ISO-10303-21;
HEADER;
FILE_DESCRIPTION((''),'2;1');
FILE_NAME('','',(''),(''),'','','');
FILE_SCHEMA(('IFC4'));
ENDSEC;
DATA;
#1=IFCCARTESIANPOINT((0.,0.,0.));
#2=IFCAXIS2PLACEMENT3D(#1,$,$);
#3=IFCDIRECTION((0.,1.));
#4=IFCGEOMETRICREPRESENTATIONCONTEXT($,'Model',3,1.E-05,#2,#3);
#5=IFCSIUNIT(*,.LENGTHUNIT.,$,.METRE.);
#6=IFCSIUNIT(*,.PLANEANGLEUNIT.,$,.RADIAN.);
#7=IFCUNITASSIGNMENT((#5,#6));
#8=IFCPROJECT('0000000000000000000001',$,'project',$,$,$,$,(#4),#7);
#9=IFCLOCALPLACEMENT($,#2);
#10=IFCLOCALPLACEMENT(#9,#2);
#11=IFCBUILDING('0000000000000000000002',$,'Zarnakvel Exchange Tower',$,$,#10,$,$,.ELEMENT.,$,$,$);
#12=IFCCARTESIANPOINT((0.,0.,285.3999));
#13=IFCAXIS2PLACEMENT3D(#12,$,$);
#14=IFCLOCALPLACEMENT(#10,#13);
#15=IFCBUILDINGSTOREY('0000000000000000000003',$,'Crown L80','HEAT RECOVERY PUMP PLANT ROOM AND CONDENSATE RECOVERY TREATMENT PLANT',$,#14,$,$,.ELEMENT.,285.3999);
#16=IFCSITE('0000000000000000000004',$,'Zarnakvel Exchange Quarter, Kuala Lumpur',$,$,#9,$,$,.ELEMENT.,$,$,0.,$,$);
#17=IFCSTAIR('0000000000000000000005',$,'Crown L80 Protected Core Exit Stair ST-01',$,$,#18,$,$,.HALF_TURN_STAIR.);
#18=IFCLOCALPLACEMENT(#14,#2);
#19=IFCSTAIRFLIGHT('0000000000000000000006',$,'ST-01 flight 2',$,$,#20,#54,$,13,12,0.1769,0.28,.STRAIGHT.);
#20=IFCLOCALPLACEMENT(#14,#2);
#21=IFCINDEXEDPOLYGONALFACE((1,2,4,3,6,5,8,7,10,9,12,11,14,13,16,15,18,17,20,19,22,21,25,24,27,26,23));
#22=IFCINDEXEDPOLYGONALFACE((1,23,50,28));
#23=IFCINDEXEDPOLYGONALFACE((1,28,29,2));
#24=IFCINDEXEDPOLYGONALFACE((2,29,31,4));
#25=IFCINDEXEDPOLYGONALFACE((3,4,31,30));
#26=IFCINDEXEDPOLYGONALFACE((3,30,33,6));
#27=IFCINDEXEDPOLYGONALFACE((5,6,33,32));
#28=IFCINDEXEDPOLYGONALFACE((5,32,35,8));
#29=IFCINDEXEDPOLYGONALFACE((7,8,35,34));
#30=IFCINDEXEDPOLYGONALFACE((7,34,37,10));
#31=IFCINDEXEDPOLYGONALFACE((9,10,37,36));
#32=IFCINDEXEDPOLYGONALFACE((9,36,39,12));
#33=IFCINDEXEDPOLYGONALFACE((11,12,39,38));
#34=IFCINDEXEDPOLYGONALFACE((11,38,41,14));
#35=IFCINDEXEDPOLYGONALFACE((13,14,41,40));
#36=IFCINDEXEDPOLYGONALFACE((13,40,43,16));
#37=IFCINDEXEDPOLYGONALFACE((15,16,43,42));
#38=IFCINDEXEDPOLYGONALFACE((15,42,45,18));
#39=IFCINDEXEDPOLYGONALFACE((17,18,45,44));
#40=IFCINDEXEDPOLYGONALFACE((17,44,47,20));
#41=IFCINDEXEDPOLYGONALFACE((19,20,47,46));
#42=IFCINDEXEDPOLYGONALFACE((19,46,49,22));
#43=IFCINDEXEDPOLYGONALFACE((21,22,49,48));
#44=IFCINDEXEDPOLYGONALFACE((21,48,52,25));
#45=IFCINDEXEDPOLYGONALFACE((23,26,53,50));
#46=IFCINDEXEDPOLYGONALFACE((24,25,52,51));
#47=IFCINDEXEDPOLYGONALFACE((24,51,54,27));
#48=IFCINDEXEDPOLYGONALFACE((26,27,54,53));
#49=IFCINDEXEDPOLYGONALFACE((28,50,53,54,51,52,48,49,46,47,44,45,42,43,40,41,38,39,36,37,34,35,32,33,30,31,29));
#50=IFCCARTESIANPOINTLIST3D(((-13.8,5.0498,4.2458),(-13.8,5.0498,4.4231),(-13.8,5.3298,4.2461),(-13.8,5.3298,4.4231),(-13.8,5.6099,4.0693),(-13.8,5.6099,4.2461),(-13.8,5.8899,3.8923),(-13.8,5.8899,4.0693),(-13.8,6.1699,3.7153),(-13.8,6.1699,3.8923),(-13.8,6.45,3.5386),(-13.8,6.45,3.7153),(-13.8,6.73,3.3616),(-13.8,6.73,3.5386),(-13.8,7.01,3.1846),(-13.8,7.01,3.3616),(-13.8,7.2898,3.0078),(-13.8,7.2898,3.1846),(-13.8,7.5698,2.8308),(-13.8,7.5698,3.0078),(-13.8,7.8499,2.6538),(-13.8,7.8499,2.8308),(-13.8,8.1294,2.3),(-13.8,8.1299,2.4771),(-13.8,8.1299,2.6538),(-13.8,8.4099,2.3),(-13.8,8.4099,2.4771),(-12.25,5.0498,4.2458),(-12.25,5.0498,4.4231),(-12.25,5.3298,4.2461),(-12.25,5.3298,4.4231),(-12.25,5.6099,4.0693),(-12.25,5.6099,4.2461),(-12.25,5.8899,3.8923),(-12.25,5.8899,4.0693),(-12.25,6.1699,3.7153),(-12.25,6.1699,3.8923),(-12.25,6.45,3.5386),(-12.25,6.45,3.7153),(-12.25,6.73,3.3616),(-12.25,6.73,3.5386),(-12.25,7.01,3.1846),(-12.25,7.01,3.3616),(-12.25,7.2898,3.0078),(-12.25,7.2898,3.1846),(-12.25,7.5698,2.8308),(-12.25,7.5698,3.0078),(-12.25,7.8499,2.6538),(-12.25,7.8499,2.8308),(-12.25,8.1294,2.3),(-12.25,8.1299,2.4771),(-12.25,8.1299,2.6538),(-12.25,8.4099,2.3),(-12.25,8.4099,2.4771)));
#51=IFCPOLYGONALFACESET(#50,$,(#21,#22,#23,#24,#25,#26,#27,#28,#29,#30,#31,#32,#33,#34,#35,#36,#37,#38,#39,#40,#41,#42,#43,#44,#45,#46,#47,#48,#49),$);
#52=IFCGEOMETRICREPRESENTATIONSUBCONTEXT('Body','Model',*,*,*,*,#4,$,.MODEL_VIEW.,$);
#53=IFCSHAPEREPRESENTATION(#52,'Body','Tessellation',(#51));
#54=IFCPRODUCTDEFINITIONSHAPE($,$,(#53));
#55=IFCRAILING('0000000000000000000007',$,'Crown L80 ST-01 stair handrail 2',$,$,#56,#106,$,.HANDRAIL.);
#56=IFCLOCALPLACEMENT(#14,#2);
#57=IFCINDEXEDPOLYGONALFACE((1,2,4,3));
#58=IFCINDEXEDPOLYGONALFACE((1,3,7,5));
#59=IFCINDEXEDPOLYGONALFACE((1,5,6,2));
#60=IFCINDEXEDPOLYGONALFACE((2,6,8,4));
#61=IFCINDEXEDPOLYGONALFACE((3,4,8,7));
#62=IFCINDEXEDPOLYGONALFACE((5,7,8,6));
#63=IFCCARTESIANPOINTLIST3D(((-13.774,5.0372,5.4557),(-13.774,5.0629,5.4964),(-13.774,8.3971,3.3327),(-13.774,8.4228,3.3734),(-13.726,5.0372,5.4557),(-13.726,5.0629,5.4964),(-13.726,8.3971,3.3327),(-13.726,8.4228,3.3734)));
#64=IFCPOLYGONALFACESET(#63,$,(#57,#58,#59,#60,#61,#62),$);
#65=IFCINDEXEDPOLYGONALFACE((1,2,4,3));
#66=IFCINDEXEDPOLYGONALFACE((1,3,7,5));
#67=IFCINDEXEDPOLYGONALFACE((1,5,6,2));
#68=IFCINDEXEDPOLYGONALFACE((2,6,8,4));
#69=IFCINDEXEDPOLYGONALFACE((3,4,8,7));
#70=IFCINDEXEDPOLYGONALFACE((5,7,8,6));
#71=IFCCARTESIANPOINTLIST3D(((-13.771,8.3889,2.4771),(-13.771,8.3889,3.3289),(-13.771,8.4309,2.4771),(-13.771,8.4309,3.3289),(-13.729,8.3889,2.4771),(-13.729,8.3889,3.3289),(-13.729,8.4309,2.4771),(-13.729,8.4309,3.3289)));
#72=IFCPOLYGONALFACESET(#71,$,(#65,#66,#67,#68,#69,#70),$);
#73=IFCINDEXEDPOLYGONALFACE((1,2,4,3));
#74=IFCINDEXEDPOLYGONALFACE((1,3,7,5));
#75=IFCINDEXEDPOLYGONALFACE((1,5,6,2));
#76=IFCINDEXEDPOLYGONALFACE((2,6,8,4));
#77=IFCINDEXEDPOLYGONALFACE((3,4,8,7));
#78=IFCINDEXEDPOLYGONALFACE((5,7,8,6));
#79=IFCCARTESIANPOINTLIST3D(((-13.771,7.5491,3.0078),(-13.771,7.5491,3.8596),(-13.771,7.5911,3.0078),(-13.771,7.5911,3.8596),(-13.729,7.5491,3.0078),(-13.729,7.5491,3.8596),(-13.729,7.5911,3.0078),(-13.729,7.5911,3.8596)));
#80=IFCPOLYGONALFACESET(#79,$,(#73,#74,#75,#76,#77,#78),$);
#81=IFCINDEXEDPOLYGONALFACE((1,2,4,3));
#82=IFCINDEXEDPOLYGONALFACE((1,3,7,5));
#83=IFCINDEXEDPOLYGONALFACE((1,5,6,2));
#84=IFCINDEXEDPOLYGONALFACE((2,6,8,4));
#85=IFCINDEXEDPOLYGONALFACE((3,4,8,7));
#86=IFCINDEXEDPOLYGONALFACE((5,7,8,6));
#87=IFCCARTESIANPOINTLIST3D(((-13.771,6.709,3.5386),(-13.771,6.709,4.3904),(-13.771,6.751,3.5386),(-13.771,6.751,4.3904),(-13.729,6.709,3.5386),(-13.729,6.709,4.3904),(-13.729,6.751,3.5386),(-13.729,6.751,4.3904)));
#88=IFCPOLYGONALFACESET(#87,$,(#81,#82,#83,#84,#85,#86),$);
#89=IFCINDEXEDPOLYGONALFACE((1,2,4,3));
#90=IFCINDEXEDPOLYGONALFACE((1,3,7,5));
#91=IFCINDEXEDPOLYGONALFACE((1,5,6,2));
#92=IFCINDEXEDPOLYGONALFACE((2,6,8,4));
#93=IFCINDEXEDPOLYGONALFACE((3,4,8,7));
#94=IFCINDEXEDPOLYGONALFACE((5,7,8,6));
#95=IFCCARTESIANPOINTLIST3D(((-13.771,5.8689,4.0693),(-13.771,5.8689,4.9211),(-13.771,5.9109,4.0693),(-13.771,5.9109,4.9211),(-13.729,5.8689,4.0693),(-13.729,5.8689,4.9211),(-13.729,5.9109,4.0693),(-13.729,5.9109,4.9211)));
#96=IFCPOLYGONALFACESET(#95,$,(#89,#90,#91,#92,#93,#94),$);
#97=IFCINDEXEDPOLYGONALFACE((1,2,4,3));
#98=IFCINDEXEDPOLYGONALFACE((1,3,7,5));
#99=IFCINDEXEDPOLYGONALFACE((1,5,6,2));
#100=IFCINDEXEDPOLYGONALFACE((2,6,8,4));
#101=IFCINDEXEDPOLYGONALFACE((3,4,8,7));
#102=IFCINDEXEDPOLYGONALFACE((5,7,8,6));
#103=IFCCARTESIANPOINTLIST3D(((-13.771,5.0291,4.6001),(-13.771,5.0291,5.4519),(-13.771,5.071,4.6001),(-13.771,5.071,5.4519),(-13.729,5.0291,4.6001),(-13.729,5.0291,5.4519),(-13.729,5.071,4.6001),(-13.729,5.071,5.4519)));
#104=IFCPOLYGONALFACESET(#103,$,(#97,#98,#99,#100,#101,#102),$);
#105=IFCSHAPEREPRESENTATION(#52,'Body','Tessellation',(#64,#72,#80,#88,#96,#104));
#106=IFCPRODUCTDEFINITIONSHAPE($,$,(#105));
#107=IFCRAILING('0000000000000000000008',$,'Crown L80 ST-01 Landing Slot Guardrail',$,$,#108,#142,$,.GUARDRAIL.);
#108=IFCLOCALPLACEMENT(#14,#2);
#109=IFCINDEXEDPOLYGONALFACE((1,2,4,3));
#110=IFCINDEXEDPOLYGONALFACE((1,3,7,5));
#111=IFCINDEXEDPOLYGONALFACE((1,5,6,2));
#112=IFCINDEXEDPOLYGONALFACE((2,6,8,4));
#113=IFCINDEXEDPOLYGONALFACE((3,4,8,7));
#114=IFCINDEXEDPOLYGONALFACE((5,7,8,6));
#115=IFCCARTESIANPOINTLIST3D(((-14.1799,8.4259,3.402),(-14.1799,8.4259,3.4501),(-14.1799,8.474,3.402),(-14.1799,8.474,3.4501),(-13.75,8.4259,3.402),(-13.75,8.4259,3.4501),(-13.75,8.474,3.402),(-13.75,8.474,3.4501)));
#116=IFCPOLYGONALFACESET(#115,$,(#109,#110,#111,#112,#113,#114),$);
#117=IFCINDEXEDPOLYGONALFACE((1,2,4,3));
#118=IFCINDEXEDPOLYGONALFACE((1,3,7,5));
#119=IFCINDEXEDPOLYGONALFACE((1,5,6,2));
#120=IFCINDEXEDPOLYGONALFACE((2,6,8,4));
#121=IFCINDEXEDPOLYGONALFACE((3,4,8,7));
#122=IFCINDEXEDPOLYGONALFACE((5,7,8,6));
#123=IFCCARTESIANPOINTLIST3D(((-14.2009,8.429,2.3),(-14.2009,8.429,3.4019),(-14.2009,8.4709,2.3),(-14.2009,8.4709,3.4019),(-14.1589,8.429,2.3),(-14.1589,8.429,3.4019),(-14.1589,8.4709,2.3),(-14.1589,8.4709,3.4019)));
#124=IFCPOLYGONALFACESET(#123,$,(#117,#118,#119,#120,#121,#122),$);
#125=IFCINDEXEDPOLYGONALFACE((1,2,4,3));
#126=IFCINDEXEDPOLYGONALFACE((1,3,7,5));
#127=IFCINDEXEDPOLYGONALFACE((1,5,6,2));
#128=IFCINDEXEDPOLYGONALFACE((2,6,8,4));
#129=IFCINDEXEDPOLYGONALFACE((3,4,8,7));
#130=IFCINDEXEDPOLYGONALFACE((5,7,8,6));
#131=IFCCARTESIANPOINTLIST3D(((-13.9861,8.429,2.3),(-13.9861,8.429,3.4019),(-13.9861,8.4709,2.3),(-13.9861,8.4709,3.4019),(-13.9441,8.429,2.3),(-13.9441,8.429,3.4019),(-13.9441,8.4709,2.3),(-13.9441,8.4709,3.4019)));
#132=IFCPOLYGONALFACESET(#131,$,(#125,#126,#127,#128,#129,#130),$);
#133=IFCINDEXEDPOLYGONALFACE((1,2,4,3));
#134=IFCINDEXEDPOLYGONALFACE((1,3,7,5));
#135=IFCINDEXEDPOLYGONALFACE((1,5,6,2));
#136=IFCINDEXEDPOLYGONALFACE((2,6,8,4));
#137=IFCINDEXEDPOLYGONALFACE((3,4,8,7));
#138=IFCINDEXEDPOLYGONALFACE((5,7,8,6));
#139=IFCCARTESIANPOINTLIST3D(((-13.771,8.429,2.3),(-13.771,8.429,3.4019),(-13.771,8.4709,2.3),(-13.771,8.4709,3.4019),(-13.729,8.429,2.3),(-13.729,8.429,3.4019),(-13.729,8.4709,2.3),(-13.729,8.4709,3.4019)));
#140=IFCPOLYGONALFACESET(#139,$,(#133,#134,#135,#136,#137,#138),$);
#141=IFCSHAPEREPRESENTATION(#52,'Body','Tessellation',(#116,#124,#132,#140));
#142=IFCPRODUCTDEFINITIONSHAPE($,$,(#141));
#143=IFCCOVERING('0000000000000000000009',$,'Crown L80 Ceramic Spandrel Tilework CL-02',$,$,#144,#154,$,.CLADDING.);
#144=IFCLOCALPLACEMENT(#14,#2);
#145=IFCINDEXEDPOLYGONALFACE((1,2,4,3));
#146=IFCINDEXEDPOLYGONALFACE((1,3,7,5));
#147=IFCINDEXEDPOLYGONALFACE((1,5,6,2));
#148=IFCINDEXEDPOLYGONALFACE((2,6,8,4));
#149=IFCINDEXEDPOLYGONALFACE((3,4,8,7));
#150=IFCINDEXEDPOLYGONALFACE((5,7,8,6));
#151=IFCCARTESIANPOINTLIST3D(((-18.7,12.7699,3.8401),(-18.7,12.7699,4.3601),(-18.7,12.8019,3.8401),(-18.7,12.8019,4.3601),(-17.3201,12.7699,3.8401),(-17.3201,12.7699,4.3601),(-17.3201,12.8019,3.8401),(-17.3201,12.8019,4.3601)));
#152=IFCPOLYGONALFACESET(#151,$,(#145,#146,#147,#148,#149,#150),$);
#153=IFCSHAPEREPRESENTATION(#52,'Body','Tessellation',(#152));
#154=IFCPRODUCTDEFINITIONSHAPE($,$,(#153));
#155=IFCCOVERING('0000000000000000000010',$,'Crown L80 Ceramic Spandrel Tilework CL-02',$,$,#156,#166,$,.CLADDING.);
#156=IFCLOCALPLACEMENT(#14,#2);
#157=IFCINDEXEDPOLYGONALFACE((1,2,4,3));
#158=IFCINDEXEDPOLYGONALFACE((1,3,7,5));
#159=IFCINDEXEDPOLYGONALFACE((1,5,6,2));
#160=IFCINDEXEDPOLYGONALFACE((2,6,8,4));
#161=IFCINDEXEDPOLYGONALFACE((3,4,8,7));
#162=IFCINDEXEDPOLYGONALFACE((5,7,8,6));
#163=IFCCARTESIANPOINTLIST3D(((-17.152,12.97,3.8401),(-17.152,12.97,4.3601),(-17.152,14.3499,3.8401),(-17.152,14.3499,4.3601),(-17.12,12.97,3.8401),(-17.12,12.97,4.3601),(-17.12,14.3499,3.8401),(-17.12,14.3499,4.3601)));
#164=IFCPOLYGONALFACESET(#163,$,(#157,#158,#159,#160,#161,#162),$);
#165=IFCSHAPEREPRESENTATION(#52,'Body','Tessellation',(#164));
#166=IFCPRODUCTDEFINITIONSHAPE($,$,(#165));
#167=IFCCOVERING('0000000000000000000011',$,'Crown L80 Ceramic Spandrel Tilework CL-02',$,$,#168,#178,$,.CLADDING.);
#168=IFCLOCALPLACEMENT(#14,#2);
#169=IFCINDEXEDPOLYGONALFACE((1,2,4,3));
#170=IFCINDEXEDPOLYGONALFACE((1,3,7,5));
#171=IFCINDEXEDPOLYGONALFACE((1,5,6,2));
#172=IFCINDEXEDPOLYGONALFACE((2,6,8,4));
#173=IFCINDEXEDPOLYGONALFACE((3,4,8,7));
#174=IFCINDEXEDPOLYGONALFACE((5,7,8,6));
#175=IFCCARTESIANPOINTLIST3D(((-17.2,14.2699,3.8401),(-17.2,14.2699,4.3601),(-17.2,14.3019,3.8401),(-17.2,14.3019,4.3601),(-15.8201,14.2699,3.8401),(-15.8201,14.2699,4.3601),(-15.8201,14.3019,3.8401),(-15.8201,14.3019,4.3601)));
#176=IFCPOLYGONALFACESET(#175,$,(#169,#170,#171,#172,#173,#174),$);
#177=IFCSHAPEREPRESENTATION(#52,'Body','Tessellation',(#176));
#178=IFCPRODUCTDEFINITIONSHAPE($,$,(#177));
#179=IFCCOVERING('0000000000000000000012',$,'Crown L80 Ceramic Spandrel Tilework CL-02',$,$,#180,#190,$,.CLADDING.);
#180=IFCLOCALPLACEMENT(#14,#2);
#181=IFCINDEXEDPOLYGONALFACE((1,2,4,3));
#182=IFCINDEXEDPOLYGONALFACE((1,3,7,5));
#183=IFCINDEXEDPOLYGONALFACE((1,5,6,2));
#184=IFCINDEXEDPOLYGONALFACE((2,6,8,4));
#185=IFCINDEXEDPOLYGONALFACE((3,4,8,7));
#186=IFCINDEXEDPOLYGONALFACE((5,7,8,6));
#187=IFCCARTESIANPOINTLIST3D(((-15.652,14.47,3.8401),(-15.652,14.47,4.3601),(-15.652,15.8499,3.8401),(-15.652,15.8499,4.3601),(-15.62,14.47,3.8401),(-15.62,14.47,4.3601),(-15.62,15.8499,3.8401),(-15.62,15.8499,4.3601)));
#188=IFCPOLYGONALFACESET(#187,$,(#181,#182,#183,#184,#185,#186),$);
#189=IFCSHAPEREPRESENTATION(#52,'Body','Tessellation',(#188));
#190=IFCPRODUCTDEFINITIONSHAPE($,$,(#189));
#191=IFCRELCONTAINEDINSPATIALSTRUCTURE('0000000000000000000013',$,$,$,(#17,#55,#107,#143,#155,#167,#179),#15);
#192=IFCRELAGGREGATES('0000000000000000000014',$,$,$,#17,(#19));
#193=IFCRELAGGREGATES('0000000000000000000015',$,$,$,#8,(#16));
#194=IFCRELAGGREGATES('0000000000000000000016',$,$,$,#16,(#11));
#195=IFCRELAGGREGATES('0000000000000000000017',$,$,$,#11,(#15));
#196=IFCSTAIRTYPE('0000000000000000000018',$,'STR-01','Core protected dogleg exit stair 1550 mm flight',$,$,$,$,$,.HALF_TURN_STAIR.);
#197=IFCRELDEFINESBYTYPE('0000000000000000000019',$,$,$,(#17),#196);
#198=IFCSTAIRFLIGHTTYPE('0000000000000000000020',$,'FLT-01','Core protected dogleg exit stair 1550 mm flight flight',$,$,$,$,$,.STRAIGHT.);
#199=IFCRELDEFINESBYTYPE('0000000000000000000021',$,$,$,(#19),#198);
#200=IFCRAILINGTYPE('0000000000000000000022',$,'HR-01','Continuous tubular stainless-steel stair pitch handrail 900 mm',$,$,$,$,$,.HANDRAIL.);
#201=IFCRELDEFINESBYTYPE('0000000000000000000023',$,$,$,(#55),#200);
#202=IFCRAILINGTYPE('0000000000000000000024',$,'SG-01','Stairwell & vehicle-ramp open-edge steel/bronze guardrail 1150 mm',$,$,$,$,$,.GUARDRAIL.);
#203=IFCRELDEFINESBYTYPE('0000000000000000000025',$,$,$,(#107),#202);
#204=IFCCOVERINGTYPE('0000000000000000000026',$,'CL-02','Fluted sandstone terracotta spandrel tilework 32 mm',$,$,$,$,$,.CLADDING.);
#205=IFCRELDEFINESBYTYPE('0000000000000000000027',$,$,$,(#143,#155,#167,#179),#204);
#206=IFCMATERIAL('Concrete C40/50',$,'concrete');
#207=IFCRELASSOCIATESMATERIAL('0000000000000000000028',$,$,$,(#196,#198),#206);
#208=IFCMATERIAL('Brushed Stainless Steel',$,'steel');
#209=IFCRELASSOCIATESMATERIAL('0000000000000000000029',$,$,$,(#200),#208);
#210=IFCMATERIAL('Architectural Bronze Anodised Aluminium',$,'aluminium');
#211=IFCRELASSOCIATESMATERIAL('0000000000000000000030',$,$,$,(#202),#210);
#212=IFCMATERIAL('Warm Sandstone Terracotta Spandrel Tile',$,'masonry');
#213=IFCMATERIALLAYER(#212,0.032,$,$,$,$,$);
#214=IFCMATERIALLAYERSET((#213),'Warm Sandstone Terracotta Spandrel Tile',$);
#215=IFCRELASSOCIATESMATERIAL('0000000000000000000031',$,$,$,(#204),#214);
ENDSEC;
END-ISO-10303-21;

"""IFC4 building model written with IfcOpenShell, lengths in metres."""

from ifc_helpers import new_model, si_unit, direction, frame, origin, origin_2d, place, context, subcontext, project, spatial, polyline, rectangle, outline, extrude, source, transform, mapped, material, layer, layer_set, type_object, element, aggregate, save


model = new_model("IFC4")

# Units and contexts
model_context = context("Model", 3, precision=1e-05, world=origin(), true_north=direction((0.0, 1.0)))
body_context = subcontext(model_context, "Body", "Model", "MODEL_VIEW")
ifc_project = project(units=[si_unit("LENGTHUNIT", "METRE"), si_unit("PLANEANGLEUNIT", "RADIAN")], contexts=[model_context])

# Site, building, storey
site_placement = place(None, origin())
site = spatial("IfcSite", under=ifc_project, at=site_placement, Name="Zarnakvel Exchange Quarter, Kuala Lumpur", CompositionType="ELEMENT", RefElevation=0.0)
building_placement = place(site_placement, origin())
building = spatial("IfcBuilding", under=site, at=building_placement, Name="Zarnakvel Exchange Tower", CompositionType="ELEMENT")
storey_placement = place(building_placement, frame((0.0, 0.0, 285.3999)))
storey = spatial("IfcBuildingStorey", under=building, at=storey_placement, Name="Crown L80", Description="HEAT RECOVERY PUMP PLANT ROOM AND CONDENSATE RECOVERY TREATMENT PLANT", CompositionType="ELEMENT", Elevation=285.3999)

# Shared definitions
ifc_material_1 = material(Name="Architectural Bronze Anodised Aluminium", Category="aluminium")

# Shared definitions
ifc_material_2 = material(Name="Concrete C40/50", Category="concrete")

# Stair, stair flight
stair_type = type_object("IfcStairType", Name="STR-01", Description="Core protected dogleg exit stair 1550 mm flight", PredefinedType="HALF_TURN_STAIR", material=ifc_material_2)
stair_placement = place(storey_placement, origin())
stair = element("IfcStair", 1, at=stair_placement, inside=storey, type_object=stair_type, Name="Crown L80 Protected Core Exit Stair ST-01", PredefinedType="HALF_TURN_STAIR")
stair_flight_type = type_object("IfcStairFlightType", Name="FLT-01", Description="Core protected dogleg exit stair 1550 mm flight flight", PredefinedType="STRAIGHT", material=ifc_material_2)
stair_flight_placement = place(storey_placement, frame((-13.0249, 8.4099, 2.3), z_axis=(0.0, 0.0, 1.0), x_axis=(0.0, -1.0, 0.0)))
stair_flight = element("IfcStairFlight", 2, at=stair_flight_placement, type_object=stair_flight_type, Name="ST-01 flight 2", NumberOfRisers=13, NumberOfTreads=12, PredefinedType="STRAIGHT", RiserHeight=0.1769, TreadLength=0.28, context=body_context, shape_type="SweptSolid", body=[
    extrude(outline(polyline([(0.0, 0.0), (0.0, 0.177), (0.28, 0.177), (0.28, 0.3538), (0.5601, 0.3538), (0.5601, 0.5308), (0.8401, 0.5308), (0.8401, 0.7078), (1.1201, 0.7078), (1.1201, 0.8845), (1.3999, 0.8845), (1.3999, 1.0615), (1.6799, 1.0615), (1.6799, 1.2385), (1.96, 1.2385), (1.96, 1.4153), (2.24, 1.4153), (2.24, 1.5923), (2.52, 1.5923), (2.52, 1.7693), (2.8, 1.7693), (2.8, 1.946), (3.0801, 1.946), (3.0801, 2.123), (3.3601, 2.123), (3.3601, 2.3), (3.3601, 1.9458), (0.2805, 0.0), (0.0, 0.0)])), frame((0.0, 0.7749, 0.0), z_axis=(0.0, -1.0, 0.0), x_axis=(1.0, 0.0, 0.0)), (0.0, 0.0, 1.0), 1.55),
])
aggregate(stair, [stair_flight])

# Railings
ifc_material_3 = material(Name="Brushed Stainless Steel", Category="steel")
railing_type_1 = type_object("IfcRailingType", Name="HR-01", Description="Continuous tubular stainless-steel stair pitch handrail 900 mm", PredefinedType="HANDRAIL", material=ifc_material_3)
railing_1_placement = place(storey_placement, frame((-13.75, 8.4099, 2.4771)))
element("IfcRailing", 3, at=railing_1_placement, inside=storey, type_object=railing_type_1, Name="Crown L80 ST-01 stair handrail 2", PredefinedType="HANDRAIL", context=body_context, shape_type="SweptSolid", body=[
    extrude(rectangle(XDim=0.0481, YDim=0.0481, at=origin_2d()), frame((0.0, 0.0, 0.876), z_axis=(0.0, -0.845372, 0.534178), x_axis=(1.0, 0.0, 0.0)), (0.0, 0.0, 1.0), 3.9744),
    extrude(rectangle(XDim=0.042, YDim=0.042, at=origin_2d()), origin(), (0.0, 0.0, 1.0), 0.8518),
    extrude(rectangle(XDim=0.042, YDim=0.042, at=origin_2d()), frame((0.0, -0.8398, 0.5308)), (0.0, 0.0, 1.0), 0.8518),
    extrude(rectangle(XDim=0.042, YDim=0.042, at=origin_2d()), frame((0.0, -1.6799, 1.0615)), (0.0, 0.0, 1.0), 0.8518),
    extrude(rectangle(XDim=0.042, YDim=0.042, at=origin_2d()), frame((0.0, -2.52, 1.5923)), (0.0, 0.0, 1.0), 0.8518),
    extrude(rectangle(XDim=0.042, YDim=0.042, at=origin_2d()), frame((0.0, -3.3599, 2.123)), (0.0, 0.0, 1.0), 0.8518),
])
railing_type_2 = type_object("IfcRailingType", Name="SG-01", Description="Stairwell & vehicle-ramp open-edge steel/bronze guardrail 1150 mm", PredefinedType="GUARDRAIL", material=ifc_material_1)
railing_2_placement = place(storey_placement, frame((-14.1799, 8.45, 2.3)))
element("IfcRailing", 4, at=railing_2_placement, inside=storey, type_object=railing_type_2, Name="Crown L80 ST-01 Landing Slot Guardrail", PredefinedType="GUARDRAIL", context=body_context, shape_type="SweptSolid", body=[
    extrude(rectangle(XDim=0.0481, YDim=0.0481, at=origin_2d()), frame((0.0, 0.0, 1.126), z_axis=(1.0, 0.0, 0.0), x_axis=(0.0, 1.0, 0.0)), (0.0, 0.0, 1.0), 0.4299),
    extrude(rectangle(XDim=0.042, YDim=0.042, at=origin_2d()), origin(), (0.0, 0.0, 1.0), 1.1018),
    extrude(rectangle(XDim=0.042, YDim=0.042, at=origin_2d()), frame((0.2148, 0.0, 0.0)), (0.0, 0.0, 1.0), 1.1018),
    extrude(rectangle(XDim=0.042, YDim=0.042, at=origin_2d()), frame((0.4299, 0.0, 0.0)), (0.0, 0.0, 1.0), 1.1018),
])

# Coverings
ifc_material_4 = material(Name="Warm Sandstone Terracotta Spandrel Tile", Category="masonry")
ifc_layer_1 = layer(ifc_material_4, 0.032)
ifc_layer_set_1 = layer_set([ifc_layer_1], Name="Warm Sandstone Terracotta Spandrel Tile")
covering_type = type_object("IfcCoveringType", Name="CL-02", Description="Fluted sandstone terracotta spandrel tilework 32 mm", PredefinedType="CLADDING", material=ifc_layer_set_1)
shared_shape_1 = source(origin(), body_context, "Body", "SweptSolid", [
    extrude(rectangle(XDim=1.3799, YDim=0.032, at=origin_2d()), origin(), (0.0, 0.0, 1.0), 0.52),
])
for number, where, z_axis, x_axis, name in (
    (5, (-18.01, 12.7859, 3.8401), (0.0, 0.0, 1.0), (-1.0, 0.0, 0.0), "Crown L80 Ceramic Spandrel Tilework CL-02"),
    (6, (-17.136, 13.6599, 3.8401), (0.0, 0.0, 1.0), (0.0, -1.0, 0.0), "Crown L80 Ceramic Spandrel Tilework CL-02"),
    (7, (-16.51, 14.2859, 3.8401), (0.0, 0.0, 1.0), (-1.0, 0.0, 0.0), "Crown L80 Ceramic Spandrel Tilework CL-02"),
    (8, (-15.636, 15.1599, 3.8401), (0.0, 0.0, 1.0), (0.0, -1.0, 0.0), "Crown L80 Ceramic Spandrel Tilework CL-02"),
):
    element("IfcCovering", number, at=place(storey_placement, frame(where, z_axis=z_axis, x_axis=x_axis)), inside=storey, type_object=covering_type, Name=name, PredefinedType="CLADDING", context=body_context, shape_type="MappedRepresentation", body=[
        mapped(shared_shape_1, transform((0.0, 0.0, 0.0), x_axis=(1.0, 0.0, 0.0), y_axis=(0.0, 1.0, 0.0), z_axis=(0.0, 0.0, 1.0), scale=1.0)),
    ])

save(model, "model.ifc")
